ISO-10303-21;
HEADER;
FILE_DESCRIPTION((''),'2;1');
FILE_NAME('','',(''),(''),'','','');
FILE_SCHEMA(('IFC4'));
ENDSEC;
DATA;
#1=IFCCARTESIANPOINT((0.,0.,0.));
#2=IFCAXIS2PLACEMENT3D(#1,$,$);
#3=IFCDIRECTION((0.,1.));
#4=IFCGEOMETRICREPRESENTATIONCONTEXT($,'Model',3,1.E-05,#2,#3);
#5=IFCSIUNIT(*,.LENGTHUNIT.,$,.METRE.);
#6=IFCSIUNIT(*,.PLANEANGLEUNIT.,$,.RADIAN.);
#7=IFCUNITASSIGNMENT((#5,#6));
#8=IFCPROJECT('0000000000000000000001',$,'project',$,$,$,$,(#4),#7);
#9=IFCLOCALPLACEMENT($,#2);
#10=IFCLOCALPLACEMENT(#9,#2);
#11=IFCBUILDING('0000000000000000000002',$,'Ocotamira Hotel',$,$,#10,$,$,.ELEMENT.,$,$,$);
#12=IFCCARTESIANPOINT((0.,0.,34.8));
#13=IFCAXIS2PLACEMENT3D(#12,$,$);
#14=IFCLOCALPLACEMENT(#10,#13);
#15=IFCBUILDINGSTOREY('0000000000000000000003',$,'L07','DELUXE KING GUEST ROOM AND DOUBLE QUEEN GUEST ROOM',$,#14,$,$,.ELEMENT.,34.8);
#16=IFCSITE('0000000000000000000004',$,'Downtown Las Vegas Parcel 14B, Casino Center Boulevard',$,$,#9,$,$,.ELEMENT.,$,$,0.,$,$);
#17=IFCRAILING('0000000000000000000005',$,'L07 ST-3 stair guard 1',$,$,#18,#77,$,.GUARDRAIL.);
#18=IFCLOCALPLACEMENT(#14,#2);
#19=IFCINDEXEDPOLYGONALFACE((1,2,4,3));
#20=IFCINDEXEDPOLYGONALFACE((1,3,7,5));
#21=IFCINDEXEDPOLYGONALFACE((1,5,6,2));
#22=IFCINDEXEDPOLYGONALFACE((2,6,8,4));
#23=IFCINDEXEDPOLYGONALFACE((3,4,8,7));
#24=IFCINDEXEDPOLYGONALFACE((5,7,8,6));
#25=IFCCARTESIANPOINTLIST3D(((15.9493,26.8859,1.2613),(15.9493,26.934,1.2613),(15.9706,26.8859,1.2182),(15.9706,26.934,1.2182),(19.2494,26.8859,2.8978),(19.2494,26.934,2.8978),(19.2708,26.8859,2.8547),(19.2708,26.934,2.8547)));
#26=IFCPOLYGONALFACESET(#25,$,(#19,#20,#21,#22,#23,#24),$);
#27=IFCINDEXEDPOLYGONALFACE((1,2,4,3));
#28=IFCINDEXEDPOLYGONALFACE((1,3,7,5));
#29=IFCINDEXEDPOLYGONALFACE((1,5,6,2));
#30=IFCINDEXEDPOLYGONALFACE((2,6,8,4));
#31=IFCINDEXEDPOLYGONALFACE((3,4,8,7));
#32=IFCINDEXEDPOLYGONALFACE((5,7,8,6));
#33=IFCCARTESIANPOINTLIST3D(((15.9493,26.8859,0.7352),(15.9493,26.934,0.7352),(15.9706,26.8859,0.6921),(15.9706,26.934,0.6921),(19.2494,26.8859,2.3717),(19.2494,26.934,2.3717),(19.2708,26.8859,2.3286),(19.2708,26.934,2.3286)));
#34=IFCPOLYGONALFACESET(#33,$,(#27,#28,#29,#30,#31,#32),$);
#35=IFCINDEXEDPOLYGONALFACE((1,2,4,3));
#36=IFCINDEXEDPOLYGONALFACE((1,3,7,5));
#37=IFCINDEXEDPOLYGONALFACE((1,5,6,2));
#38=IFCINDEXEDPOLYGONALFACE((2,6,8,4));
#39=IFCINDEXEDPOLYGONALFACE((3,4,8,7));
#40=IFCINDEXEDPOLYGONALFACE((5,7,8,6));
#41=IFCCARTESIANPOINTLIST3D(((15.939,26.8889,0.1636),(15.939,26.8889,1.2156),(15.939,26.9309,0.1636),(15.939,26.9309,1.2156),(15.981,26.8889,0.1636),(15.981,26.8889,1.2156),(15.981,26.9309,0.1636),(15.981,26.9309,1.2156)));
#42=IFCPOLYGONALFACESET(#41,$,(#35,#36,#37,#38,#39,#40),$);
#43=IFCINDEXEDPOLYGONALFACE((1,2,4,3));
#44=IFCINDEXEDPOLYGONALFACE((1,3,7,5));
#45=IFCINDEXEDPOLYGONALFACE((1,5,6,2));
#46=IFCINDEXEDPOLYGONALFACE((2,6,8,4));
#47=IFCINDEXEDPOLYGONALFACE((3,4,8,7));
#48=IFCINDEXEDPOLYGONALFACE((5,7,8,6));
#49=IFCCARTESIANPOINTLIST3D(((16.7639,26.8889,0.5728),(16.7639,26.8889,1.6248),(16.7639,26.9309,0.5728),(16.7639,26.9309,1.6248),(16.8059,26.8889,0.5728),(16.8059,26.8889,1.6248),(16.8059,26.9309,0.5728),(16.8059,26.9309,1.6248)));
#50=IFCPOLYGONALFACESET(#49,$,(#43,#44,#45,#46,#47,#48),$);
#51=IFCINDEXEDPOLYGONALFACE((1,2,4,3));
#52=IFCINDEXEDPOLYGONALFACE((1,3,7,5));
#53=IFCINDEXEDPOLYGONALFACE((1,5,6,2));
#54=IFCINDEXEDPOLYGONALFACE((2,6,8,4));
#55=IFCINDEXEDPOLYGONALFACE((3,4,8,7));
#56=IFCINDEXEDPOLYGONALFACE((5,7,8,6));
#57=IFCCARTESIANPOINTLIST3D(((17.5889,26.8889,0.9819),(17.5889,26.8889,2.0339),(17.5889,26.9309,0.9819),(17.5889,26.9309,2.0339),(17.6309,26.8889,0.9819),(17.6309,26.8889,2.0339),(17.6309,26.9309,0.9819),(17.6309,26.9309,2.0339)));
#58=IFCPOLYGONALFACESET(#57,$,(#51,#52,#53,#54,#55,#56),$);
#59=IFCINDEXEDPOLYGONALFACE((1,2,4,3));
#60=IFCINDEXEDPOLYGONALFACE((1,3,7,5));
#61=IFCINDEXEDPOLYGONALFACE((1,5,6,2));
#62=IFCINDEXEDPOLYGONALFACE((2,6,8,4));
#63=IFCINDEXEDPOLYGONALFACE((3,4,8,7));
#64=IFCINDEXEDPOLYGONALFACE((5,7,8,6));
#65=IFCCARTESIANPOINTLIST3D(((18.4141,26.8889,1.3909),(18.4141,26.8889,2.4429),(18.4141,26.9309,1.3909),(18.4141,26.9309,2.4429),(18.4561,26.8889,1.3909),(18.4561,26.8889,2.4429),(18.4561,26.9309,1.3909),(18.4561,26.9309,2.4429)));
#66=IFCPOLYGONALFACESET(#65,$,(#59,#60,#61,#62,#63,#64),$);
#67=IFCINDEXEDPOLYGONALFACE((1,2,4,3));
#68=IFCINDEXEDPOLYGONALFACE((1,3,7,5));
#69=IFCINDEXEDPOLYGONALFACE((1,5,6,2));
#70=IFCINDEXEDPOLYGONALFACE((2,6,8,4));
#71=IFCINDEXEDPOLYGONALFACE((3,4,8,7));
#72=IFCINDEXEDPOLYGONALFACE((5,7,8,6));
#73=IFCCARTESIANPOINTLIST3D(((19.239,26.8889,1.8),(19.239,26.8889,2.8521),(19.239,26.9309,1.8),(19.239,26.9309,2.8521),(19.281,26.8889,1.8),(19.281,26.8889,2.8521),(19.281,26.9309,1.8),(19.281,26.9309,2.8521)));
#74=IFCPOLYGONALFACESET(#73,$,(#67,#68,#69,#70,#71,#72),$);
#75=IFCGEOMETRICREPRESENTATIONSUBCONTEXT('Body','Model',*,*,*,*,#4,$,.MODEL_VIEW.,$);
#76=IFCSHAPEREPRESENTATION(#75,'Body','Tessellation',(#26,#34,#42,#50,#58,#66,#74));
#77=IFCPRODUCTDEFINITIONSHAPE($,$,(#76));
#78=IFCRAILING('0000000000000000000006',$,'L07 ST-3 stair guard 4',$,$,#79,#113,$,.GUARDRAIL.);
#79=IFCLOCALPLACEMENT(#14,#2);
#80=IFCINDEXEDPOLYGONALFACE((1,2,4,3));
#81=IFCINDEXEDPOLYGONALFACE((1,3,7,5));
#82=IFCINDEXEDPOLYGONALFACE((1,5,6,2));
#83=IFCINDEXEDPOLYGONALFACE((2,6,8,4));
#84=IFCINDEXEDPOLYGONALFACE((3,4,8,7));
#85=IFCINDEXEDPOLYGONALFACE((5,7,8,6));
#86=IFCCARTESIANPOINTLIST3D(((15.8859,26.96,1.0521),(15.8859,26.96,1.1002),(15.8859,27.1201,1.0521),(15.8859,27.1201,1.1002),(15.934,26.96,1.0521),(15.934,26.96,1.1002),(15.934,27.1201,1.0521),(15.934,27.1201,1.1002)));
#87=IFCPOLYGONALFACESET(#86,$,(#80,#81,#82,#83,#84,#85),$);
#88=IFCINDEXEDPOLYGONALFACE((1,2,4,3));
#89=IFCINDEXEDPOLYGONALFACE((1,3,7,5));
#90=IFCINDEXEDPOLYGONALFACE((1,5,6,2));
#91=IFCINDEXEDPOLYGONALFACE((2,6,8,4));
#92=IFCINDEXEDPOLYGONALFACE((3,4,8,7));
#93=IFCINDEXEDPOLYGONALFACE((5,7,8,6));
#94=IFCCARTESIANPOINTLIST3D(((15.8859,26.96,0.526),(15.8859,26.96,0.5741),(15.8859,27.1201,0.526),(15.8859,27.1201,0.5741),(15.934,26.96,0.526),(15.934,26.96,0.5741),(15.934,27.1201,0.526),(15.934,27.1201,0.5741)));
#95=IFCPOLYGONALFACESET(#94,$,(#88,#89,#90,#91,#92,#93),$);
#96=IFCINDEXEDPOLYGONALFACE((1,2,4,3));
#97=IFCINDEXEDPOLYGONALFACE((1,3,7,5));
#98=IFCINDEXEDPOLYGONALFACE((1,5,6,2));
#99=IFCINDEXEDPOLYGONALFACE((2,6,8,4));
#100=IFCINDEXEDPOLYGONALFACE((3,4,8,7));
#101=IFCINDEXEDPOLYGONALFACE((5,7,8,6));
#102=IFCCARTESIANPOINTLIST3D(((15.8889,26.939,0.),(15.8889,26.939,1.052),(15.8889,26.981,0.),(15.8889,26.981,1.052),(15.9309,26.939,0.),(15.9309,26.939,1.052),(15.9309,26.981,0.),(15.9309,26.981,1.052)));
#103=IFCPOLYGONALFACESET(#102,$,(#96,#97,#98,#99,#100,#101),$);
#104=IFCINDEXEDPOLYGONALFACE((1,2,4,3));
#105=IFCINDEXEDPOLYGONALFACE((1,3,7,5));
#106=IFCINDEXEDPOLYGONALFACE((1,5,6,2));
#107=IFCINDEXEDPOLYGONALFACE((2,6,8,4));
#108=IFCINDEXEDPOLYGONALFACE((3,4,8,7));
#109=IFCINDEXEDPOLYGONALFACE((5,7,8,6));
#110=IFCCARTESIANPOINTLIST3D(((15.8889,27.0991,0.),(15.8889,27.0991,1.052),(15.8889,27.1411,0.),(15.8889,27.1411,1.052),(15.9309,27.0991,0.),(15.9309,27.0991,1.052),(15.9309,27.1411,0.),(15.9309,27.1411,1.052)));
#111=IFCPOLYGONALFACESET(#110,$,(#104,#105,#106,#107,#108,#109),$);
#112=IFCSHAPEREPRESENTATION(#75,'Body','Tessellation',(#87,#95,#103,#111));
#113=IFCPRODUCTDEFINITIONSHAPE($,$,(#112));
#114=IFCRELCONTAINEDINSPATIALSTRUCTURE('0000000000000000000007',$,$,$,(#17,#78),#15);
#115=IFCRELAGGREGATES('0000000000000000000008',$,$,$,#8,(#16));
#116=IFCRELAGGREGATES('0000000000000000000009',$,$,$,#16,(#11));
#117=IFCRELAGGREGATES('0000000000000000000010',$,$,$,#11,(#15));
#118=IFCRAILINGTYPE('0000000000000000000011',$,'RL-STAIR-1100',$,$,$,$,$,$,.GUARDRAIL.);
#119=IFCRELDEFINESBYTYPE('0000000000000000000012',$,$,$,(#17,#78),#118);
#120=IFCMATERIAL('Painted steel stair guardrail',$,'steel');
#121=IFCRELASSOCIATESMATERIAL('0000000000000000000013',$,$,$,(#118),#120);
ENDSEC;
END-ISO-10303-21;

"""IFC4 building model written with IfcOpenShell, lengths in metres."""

from ifc_helpers import new_model, si_unit, direction, frame, origin, origin_2d, place, context, subcontext, project, spatial, rectangle, extrude, material, type_object, element, save


model = new_model("IFC4")

# Units and contexts
model_context = context("Model", 3, precision=1e-05, world=origin(), true_north=direction((0.0, 1.0)))
body_context = subcontext(model_context, "Body", "Model", "MODEL_VIEW")
ifc_project = project(units=[si_unit("LENGTHUNIT", "METRE"), si_unit("PLANEANGLEUNIT", "RADIAN")], contexts=[model_context])

# Site, building, storey
site_placement = place(None, origin())
site = spatial("IfcSite", under=ifc_project, at=site_placement, Name="Downtown Las Vegas Parcel 14B, Casino Center Boulevard", CompositionType="ELEMENT", RefElevation=0.0)
building_placement = place(site_placement, origin())
building = spatial("IfcBuilding", under=site, at=building_placement, Name="Ocotamira Hotel", CompositionType="ELEMENT")
storey_placement = place(building_placement, frame((0.0, 0.0, 34.8)))
storey = spatial("IfcBuildingStorey", under=building, at=storey_placement, Name="L07", Description="DELUXE KING GUEST ROOM AND DOUBLE QUEEN GUEST ROOM", CompositionType="ELEMENT", Elevation=34.8)

# Railings
ifc_material_1 = material(Name="Painted steel stair guardrail", Category="steel")
railing_type_1 = type_object("IfcRailingType", Name="RL-STAIR-1100", PredefinedType="GUARDRAIL", material=ifc_material_1)
railing_1_placement = place(storey_placement, frame((15.96, 26.9099, 0.1636)))
element("IfcRailing", 1, at=railing_1_placement, inside=storey, type_object=railing_type_1, Name="L07 ST-3 stair guard 1", PredefinedType="GUARDRAIL", context=body_context, shape_type="SweptSolid", body=[
    extrude(rectangle(XDim=0.0481, YDim=0.0481, at=origin_2d()), frame((0.0, 0.0, 1.0762), z_axis=(0.895894, 0.0, 0.444268), x_axis=(0.0, 1.0, 0.0)), (0.0, 0.0, 1.0), 3.6836),
    extrude(rectangle(XDim=0.0481, YDim=0.0481, at=origin_2d()), frame((0.0, 0.0, 0.55), z_axis=(0.895894, 0.0, 0.444268), x_axis=(0.0, 1.0, 0.0)), (0.0, 0.0, 1.0), 3.6836),
    extrude(rectangle(XDim=0.042, YDim=0.042, at=origin_2d()), origin(), (0.0, 0.0, 1.0), 1.052),
    extrude(rectangle(XDim=0.042, YDim=0.042, at=origin_2d()), frame((0.825, 0.0, 0.4092)), (0.0, 0.0, 1.0), 1.052),
    extrude(rectangle(XDim=0.042, YDim=0.042, at=origin_2d()), frame((1.6499, 0.0, 0.8184)), (0.0, 0.0, 1.0), 1.052),
    extrude(rectangle(XDim=0.042, YDim=0.042, at=origin_2d()), frame((2.4751, 0.0, 1.2273)), (0.0, 0.0, 1.0), 1.052),
    extrude(rectangle(XDim=0.042, YDim=0.042, at=origin_2d()), frame((3.3, 0.0, 1.6365)), (0.0, 0.0, 1.0), 1.052),
])
railing_2_placement = place(storey_placement, frame((15.9099, 26.96, 0.0)))
element("IfcRailing", 2, at=railing_2_placement, inside=storey, type_object=railing_type_1, Name="L07 ST-3 stair guard 4", PredefinedType="GUARDRAIL", context=body_context, shape_type="SweptSolid", body=[
    extrude(rectangle(XDim=0.0481, YDim=0.0481, at=origin_2d()), frame((0.0, 0.0, 1.0762), z_axis=(0.0, 1.0, 0.0), x_axis=(-1.0, 0.0, 0.0)), (0.0, 0.0, 1.0), 0.1602),
    extrude(rectangle(XDim=0.0481, YDim=0.0481, at=origin_2d()), frame((0.0, 0.0, 0.55), z_axis=(0.0, 1.0, 0.0), x_axis=(-1.0, 0.0, 0.0)), (0.0, 0.0, 1.0), 0.1602),
    extrude(rectangle(XDim=0.042, YDim=0.042, at=origin_2d()), origin(), (0.0, 0.0, 1.0), 1.052),
    extrude(rectangle(XDim=0.042, YDim=0.042, at=origin_2d()), frame((0.0, 0.1602, 0.0)), (0.0, 0.0, 1.0), 1.052),
])

save(model, "model.ifc")
